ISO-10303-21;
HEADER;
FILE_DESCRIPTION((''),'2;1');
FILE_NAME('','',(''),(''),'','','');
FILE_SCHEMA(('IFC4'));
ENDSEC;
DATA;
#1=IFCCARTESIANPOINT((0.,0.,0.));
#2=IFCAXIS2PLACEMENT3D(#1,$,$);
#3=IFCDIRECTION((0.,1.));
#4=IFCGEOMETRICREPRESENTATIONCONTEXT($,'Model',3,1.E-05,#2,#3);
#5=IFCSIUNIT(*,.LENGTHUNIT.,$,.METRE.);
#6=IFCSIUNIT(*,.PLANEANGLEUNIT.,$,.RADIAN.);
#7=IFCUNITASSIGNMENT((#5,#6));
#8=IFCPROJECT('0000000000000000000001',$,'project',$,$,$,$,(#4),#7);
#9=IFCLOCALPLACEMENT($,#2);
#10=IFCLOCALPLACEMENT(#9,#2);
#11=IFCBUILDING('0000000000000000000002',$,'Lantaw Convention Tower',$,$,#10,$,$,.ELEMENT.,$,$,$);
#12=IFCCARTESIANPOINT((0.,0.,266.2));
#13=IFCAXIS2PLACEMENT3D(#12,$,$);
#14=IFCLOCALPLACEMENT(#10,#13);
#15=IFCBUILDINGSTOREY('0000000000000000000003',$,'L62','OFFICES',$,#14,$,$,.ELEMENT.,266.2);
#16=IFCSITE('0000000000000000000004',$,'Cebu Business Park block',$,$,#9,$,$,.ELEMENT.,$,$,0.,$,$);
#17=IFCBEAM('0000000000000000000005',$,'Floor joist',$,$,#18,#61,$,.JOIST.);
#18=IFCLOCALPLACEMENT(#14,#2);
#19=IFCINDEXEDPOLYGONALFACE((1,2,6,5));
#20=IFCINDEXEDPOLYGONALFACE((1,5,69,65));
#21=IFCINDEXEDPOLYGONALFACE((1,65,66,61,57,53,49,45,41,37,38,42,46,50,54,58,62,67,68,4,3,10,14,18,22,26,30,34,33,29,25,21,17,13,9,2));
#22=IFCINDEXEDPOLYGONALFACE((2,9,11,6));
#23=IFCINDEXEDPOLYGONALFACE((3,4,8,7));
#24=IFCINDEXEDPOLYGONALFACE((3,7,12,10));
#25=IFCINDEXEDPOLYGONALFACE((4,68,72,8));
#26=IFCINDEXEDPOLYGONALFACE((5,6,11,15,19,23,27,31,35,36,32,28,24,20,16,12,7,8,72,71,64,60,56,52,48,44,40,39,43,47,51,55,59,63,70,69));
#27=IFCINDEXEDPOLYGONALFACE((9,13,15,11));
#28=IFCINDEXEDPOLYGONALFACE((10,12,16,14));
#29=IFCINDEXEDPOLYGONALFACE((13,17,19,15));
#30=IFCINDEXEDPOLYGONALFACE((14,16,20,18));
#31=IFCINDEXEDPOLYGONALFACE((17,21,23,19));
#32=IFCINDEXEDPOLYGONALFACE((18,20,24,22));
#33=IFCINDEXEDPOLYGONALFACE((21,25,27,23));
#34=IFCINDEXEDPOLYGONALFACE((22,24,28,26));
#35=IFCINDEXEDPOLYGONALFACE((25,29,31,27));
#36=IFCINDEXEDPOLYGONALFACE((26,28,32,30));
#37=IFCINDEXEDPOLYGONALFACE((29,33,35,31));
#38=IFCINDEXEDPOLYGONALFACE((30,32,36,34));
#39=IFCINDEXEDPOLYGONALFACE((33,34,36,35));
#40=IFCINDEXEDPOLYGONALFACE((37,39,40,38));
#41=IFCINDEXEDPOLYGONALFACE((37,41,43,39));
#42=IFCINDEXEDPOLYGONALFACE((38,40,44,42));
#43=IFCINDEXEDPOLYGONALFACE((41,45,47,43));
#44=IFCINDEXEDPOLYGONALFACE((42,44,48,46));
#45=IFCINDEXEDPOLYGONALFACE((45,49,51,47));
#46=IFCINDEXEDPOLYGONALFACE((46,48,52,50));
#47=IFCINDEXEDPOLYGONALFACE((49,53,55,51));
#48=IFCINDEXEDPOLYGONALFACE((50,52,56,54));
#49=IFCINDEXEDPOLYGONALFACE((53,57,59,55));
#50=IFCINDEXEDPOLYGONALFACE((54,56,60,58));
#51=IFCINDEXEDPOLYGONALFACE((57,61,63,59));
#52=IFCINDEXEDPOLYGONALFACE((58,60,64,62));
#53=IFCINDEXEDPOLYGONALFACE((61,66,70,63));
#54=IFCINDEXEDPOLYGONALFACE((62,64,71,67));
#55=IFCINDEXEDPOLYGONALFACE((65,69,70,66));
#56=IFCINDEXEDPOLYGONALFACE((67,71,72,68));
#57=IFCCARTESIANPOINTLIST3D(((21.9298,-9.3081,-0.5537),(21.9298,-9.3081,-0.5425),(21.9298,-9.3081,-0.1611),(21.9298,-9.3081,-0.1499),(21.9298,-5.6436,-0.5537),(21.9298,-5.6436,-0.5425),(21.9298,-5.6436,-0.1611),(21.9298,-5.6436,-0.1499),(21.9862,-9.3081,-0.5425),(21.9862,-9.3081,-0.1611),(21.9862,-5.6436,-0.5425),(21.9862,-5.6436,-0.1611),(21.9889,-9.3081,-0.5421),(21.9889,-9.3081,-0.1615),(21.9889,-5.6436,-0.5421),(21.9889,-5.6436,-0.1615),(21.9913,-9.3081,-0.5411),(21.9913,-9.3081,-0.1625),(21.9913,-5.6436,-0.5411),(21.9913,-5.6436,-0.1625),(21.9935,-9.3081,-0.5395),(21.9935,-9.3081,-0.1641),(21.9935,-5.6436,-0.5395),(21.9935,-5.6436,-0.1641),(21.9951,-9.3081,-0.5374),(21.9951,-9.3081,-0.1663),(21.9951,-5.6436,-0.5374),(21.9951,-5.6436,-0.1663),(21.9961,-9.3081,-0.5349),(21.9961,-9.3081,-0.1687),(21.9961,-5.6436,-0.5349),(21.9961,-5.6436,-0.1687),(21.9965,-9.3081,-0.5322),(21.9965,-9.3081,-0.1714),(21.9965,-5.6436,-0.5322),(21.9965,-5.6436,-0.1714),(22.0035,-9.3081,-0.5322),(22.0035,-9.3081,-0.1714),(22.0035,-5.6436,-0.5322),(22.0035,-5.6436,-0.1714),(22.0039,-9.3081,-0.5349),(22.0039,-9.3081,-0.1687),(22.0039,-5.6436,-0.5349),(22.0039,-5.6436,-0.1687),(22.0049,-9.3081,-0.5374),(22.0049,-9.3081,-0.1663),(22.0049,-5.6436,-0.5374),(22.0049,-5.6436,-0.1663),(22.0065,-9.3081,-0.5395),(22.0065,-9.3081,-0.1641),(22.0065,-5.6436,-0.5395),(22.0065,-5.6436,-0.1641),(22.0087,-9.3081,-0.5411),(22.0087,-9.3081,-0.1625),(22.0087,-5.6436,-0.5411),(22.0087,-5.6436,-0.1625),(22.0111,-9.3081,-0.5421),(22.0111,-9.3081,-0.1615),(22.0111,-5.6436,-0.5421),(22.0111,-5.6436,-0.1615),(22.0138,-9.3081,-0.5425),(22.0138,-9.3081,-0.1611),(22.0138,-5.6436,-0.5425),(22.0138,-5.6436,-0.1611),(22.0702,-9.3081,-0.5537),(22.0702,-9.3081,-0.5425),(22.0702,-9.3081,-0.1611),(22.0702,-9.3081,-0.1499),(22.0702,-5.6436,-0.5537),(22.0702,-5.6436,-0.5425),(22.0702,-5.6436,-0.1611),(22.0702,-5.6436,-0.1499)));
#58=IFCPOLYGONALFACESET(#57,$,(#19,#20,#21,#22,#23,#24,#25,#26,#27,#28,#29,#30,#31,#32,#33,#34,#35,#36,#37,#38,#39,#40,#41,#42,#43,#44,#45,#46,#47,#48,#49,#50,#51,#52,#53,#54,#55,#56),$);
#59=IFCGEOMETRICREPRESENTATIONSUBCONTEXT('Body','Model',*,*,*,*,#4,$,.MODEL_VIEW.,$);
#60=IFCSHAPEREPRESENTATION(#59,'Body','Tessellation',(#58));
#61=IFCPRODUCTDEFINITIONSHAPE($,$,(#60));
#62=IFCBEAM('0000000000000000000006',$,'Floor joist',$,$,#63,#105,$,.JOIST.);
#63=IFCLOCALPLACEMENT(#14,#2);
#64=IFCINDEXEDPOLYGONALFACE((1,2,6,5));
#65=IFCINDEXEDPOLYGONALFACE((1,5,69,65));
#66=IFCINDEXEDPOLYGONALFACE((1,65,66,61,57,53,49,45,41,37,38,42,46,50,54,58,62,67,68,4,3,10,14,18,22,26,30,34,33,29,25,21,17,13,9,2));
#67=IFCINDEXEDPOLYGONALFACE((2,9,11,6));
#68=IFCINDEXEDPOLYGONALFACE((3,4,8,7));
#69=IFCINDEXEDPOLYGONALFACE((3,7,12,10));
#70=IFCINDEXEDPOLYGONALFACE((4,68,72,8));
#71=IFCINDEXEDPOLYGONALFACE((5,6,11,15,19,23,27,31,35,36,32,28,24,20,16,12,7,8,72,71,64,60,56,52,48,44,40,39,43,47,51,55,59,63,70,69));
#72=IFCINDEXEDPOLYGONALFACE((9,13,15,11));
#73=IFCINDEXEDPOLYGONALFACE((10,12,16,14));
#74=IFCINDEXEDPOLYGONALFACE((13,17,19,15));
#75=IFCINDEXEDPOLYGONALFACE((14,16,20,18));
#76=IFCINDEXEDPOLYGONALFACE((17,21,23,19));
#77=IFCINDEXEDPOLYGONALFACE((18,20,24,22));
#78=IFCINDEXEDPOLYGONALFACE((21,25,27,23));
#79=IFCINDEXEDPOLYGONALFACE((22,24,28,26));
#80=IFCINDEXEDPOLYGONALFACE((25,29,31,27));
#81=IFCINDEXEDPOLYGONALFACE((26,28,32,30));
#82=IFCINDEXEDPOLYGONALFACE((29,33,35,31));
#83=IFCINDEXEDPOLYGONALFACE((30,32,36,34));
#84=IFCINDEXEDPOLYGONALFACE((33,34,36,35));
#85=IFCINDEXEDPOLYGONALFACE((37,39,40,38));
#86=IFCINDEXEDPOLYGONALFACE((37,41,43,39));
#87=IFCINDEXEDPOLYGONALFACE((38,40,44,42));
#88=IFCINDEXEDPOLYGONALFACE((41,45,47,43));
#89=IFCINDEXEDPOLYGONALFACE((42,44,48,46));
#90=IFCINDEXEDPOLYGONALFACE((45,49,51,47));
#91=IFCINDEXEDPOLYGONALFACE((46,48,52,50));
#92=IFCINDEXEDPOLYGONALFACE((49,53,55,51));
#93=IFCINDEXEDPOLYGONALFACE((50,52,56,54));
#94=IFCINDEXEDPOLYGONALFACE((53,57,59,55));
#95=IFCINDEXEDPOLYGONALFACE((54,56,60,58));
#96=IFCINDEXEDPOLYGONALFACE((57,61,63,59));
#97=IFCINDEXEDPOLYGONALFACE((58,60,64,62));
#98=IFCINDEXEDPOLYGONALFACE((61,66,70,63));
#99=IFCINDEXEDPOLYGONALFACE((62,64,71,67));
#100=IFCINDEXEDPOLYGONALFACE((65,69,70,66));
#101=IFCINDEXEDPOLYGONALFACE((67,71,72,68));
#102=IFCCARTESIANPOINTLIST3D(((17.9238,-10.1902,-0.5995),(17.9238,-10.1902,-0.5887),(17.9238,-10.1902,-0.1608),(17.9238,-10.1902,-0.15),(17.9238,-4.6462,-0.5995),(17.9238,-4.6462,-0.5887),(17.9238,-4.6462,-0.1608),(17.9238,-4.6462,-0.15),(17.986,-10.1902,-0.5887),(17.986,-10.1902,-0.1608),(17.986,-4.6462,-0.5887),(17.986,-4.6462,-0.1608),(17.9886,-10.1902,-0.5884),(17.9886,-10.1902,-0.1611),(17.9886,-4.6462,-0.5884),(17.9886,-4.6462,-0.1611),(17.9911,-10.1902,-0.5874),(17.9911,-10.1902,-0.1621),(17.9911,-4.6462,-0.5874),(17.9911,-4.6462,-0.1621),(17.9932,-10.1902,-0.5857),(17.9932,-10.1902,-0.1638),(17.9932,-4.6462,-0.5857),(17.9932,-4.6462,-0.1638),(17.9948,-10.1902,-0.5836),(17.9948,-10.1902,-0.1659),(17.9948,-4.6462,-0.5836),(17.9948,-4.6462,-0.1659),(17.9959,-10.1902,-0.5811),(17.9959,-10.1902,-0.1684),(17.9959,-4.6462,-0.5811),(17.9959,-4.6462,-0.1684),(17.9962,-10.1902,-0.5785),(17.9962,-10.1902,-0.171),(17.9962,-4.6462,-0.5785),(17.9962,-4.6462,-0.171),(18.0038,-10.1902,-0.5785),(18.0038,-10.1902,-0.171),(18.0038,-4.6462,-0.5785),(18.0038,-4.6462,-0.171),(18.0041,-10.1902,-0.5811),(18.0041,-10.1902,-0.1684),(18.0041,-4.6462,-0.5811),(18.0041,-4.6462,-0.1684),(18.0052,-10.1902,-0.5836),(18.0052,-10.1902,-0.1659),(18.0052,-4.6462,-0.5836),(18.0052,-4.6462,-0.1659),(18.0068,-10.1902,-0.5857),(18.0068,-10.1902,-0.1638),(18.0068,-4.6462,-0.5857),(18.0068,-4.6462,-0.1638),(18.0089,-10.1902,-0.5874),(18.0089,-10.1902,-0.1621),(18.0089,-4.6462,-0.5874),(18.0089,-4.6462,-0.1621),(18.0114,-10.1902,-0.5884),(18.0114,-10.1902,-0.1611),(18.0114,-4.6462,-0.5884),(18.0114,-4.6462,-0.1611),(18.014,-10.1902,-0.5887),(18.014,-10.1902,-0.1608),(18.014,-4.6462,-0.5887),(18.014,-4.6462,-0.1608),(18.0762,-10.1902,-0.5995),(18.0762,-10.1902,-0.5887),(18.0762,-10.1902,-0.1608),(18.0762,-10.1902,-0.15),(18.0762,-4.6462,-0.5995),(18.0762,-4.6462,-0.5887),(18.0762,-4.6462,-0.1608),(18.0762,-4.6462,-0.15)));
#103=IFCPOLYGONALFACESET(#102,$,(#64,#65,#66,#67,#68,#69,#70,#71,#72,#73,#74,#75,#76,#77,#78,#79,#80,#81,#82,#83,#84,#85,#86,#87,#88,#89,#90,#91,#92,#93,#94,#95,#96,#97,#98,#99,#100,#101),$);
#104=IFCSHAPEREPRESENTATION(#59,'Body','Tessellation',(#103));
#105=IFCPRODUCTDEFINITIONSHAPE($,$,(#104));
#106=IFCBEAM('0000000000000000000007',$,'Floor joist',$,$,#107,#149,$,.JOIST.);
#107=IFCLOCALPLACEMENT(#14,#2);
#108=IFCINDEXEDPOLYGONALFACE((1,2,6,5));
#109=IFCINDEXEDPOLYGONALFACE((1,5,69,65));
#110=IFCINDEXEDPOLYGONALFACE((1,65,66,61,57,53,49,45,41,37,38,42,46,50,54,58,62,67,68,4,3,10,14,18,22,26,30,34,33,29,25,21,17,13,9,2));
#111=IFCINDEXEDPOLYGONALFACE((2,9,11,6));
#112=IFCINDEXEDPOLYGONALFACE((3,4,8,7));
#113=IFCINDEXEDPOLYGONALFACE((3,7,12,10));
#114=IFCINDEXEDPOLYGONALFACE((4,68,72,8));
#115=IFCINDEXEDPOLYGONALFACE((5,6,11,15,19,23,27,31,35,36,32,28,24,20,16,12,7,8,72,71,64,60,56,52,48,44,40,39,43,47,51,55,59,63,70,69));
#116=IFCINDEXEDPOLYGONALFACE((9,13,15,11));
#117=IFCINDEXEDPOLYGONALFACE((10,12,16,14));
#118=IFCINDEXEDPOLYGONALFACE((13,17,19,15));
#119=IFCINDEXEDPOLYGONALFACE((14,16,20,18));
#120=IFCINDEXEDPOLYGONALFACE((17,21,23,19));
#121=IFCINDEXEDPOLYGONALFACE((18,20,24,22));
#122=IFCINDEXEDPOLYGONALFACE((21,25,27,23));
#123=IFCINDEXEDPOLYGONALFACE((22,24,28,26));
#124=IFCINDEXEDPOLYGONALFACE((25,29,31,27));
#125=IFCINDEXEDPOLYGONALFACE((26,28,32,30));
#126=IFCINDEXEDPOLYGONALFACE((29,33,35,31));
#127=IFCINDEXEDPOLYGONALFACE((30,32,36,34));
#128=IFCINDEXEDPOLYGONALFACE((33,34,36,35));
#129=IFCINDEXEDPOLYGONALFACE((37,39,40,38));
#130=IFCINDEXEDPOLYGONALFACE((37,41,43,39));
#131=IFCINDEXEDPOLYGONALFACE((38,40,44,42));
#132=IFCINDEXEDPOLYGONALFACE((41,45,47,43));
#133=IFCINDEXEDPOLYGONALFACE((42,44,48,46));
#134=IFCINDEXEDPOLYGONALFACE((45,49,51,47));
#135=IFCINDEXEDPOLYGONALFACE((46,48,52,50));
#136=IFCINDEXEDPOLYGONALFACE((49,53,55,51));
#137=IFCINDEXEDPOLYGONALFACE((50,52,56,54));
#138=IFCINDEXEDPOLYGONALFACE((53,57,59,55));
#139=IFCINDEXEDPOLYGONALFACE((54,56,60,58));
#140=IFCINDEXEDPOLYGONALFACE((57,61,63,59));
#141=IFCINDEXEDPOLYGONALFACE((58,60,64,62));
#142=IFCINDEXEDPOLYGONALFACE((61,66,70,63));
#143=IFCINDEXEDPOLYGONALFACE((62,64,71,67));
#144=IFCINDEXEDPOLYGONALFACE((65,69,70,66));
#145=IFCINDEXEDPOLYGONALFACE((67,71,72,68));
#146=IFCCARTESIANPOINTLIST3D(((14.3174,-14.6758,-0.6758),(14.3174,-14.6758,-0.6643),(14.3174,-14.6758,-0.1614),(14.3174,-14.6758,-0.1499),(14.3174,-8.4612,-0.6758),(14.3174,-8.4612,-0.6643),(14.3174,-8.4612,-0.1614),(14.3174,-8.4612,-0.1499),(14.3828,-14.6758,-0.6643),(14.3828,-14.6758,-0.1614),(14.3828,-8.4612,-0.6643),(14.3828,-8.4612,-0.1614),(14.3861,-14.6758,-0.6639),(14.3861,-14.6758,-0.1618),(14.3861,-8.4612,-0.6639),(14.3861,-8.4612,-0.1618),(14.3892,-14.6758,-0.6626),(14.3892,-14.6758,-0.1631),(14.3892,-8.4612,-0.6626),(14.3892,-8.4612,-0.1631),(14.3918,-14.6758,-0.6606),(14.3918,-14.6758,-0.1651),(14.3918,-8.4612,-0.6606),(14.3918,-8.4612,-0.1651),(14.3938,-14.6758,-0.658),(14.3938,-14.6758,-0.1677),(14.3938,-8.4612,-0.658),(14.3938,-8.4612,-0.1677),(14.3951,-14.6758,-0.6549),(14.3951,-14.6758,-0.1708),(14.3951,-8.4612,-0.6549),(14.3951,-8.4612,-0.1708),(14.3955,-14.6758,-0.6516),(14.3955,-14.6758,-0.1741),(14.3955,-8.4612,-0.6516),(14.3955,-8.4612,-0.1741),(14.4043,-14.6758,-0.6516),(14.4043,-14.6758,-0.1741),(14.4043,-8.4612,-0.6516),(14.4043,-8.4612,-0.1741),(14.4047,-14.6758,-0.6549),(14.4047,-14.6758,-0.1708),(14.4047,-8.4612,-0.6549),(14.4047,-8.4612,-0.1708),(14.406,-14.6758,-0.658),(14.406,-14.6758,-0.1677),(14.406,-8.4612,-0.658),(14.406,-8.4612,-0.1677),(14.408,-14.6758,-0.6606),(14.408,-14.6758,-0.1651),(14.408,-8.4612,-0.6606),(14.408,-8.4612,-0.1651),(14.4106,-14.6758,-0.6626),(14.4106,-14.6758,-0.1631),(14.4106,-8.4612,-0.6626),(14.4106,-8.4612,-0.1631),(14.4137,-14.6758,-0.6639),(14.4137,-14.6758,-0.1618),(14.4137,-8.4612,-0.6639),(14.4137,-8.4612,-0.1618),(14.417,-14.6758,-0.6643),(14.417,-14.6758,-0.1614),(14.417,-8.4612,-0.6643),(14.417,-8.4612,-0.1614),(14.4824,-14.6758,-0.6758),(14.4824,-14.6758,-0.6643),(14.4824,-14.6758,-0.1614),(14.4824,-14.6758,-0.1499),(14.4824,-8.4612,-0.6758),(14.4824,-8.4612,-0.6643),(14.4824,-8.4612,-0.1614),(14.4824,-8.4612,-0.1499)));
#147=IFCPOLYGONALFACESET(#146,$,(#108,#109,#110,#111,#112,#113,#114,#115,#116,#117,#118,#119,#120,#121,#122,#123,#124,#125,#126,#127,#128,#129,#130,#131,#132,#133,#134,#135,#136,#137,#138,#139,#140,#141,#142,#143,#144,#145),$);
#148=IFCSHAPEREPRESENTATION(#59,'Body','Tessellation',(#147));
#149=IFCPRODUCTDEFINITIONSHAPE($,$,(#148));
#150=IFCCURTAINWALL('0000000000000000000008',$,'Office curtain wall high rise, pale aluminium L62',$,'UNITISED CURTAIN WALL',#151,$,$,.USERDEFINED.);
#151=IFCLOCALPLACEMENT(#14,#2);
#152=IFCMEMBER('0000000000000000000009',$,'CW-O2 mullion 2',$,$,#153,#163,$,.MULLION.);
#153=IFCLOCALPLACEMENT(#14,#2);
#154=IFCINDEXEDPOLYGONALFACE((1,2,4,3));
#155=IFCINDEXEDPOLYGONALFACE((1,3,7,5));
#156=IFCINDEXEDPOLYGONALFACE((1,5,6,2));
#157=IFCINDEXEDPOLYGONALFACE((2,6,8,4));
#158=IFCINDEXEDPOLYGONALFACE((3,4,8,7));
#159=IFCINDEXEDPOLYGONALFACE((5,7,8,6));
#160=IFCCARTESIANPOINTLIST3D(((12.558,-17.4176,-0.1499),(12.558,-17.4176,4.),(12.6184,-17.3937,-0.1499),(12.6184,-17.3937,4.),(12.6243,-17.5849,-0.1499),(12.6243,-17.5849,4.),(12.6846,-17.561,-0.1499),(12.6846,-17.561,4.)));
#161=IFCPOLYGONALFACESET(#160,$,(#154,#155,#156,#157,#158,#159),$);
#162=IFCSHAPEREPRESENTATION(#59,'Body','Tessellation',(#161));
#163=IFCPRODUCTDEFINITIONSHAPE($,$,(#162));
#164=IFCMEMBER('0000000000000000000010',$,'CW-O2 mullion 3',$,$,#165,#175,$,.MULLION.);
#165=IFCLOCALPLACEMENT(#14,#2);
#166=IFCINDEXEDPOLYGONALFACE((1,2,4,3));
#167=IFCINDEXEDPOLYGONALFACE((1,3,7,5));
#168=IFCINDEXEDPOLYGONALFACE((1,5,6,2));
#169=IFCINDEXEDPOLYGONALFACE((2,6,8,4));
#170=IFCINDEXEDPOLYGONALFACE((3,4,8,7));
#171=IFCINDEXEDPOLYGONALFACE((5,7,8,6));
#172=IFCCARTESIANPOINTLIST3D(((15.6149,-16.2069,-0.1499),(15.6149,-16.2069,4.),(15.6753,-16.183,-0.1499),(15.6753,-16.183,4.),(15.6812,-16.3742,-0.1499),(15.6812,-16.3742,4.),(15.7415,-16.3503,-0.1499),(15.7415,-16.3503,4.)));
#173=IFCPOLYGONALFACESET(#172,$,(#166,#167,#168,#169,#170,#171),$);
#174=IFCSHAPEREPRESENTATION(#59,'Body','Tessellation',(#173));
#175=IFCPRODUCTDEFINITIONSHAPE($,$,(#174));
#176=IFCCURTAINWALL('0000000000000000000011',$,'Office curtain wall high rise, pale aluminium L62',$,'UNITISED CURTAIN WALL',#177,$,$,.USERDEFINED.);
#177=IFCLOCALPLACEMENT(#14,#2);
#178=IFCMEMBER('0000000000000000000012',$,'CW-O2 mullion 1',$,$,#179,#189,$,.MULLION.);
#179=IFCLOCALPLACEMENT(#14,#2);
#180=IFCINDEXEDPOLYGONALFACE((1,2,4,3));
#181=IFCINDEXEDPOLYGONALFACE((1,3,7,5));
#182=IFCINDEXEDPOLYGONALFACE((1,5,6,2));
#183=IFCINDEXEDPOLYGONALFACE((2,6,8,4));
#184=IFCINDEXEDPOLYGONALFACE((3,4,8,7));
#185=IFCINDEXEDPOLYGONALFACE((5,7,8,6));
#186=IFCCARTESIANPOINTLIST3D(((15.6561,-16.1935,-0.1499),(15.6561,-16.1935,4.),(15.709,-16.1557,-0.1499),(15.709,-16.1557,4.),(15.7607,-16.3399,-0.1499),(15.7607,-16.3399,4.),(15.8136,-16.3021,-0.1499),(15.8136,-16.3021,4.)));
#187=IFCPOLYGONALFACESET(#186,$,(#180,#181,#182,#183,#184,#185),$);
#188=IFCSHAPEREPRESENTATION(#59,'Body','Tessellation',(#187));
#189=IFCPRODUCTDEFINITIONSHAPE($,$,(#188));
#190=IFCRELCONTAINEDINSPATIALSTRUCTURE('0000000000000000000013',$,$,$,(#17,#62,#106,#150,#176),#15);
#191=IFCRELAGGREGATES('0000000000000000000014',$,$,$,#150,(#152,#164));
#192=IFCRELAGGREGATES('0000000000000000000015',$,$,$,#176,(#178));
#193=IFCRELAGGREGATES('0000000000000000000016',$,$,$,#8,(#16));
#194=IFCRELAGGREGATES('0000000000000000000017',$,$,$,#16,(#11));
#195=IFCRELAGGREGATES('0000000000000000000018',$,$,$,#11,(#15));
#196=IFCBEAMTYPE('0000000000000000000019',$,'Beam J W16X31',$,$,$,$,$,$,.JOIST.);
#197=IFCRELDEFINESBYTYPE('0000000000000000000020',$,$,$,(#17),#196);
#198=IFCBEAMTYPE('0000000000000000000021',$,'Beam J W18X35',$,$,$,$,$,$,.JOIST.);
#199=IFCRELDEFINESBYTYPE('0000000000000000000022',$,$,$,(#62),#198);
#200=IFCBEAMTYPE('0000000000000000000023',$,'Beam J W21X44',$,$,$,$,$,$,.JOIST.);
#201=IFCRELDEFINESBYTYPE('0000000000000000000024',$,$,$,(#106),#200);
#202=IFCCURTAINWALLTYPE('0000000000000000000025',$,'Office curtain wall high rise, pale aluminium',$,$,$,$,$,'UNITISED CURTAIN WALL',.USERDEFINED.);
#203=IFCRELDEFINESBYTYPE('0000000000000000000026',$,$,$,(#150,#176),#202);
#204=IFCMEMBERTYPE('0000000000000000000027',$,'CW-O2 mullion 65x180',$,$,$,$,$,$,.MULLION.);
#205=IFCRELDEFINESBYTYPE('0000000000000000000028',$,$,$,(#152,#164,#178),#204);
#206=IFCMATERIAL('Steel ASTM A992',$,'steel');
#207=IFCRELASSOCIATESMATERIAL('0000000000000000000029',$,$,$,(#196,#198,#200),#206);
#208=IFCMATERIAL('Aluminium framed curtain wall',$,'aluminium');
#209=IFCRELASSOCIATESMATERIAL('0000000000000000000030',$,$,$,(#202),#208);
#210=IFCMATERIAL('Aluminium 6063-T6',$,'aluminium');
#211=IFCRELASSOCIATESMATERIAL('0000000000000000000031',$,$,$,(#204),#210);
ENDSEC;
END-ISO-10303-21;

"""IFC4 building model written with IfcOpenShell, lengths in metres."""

from ifc_helpers import new_model, si_unit, direction, frame, origin, origin_2d, place, context, subcontext, project, spatial, rectangle, i_section, extrude, material, material_profile, profile_set, type_object, element, aggregate, save


model = new_model("IFC4")

# Units and contexts
model_context = context("Model", 3, precision=1e-05, world=origin(), true_north=direction((0.0, 1.0)))
body_context = subcontext(model_context, "Body", "Model", "MODEL_VIEW")
ifc_project = project(units=[si_unit("LENGTHUNIT", "METRE"), si_unit("PLANEANGLEUNIT", "RADIAN")], contexts=[model_context])

# Site, building, storey
site_placement = place(None, origin())
site = spatial("IfcSite", under=ifc_project, at=site_placement, Name="Cebu Business Park block", CompositionType="ELEMENT", RefElevation=0.0)
building_placement = place(site_placement, origin())
building = spatial("IfcBuilding", under=site, at=building_placement, Name="Lantaw Convention Tower", CompositionType="ELEMENT")
storey_placement = place(building_placement, frame((0.0, 0.0, 266.2)))
storey = spatial("IfcBuildingStorey", under=building, at=storey_placement, Name="L62", Description="OFFICES", CompositionType="ELEMENT", Elevation=266.2)

# Beams
ifc_material_1 = material(Name="Steel ASTM A992", Category="steel")
ifc_material_profile_1 = material_profile(ifc_material_1, i_section(OverallWidth=0.1404, OverallDepth=0.4038, WebThickness=0.0071, FlangeThickness=0.0112, FilletRadius=0.0103, at=origin_2d()), Name="W16X31")
ifc_profile_set_1 = profile_set([ifc_material_profile_1], Name="Steel ASTM A992")
beam_type_1 = type_object("IfcBeamType", Name="Beam J W16X31", PredefinedType="JOIST", material=ifc_profile_set_1)
beam_1_placement = place(storey_placement, frame((22.0, -9.3081, -0.3518), z_axis=(0.0, 1.0, 0.0), x_axis=(-1.0, 0.0, 0.0)))
element("IfcBeam", 1, at=beam_1_placement, inside=storey, type_object=beam_type_1, Name="Floor joist", PredefinedType="JOIST", context=body_context, shape_type="SweptSolid", body=[
    extrude(i_section(OverallWidth=0.1404, OverallDepth=0.4038, WebThickness=0.0071, FlangeThickness=0.0112, FilletRadius=0.0103, at=origin_2d()), origin(), (0.0, 0.0, 1.0), 3.6646),
])
ifc_material_profile_2 = material_profile(ifc_material_1, i_section(OverallWidth=0.1523, OverallDepth=0.4495, WebThickness=0.0076, FlangeThickness=0.0107, FilletRadius=0.0103, at=origin_2d()), Name="W18X35")
ifc_profile_set_2 = profile_set([ifc_material_profile_2], Name="Steel ASTM A992")
beam_type_2 = type_object("IfcBeamType", Name="Beam J W18X35", PredefinedType="JOIST", material=ifc_profile_set_2)
beam_2_placement = place(storey_placement, frame((18.0, -10.1902, -0.3748), z_axis=(0.0, 1.0, 0.0), x_axis=(-1.0, 0.0, 0.0)))
element("IfcBeam", 2, at=beam_2_placement, inside=storey, type_object=beam_type_2, Name="Floor joist", PredefinedType="JOIST", context=body_context, shape_type="SweptSolid", body=[
    extrude(i_section(OverallWidth=0.1523, OverallDepth=0.4495, WebThickness=0.0076, FlangeThickness=0.0107, FilletRadius=0.0103, at=origin_2d()), origin(), (0.0, 0.0, 1.0), 5.5439),
])
ifc_material_profile_3 = material_profile(ifc_material_1, i_section(OverallWidth=0.165, OverallDepth=0.5259, WebThickness=0.0088, FlangeThickness=0.0115, FilletRadius=0.0127, at=origin_2d()), Name="W21X44")
ifc_profile_set_3 = profile_set([ifc_material_profile_3], Name="Steel ASTM A992")
beam_type_3 = type_object("IfcBeamType", Name="Beam J W21X44", PredefinedType="JOIST", material=ifc_profile_set_3)
beam_3_placement = place(storey_placement, frame((14.3999, -14.6758, -0.4128), z_axis=(0.0, 1.0, 0.0), x_axis=(-1.0, 0.0, 0.0)))
element("IfcBeam", 3, at=beam_3_placement, inside=storey, type_object=beam_type_3, Name="Floor joist", PredefinedType="JOIST", context=body_context, shape_type="SweptSolid", body=[
    extrude(i_section(OverallWidth=0.165, OverallDepth=0.5259, WebThickness=0.0088, FlangeThickness=0.0115, FilletRadius=0.0127, at=origin_2d()), origin(), (0.0, 0.0, 1.0), 6.2146),
])

# Curtain walls, members
ifc_material_2 = material(Name="Aluminium framed curtain wall", Category="aluminium")
curtain_wall_type = type_object("IfcCurtainWallType", Name="Office curtain wall high rise, pale aluminium", ElementType="UNITISED CURTAIN WALL", PredefinedType="USERDEFINED", material=ifc_material_2)
curtain_wall_1_placement = place(storey_placement, origin())
curtain_wall_1 = element("IfcCurtainWall", 4, at=curtain_wall_1_placement, inside=storey, type_object=curtain_wall_type, Name="Office curtain wall high rise, pale aluminium L62", ObjectType="UNITISED CURTAIN WALL", PredefinedType="USERDEFINED")
ifc_material_3 = material(Name="Aluminium 6063-T6", Category="aluminium")
ifc_material_profile_4 = material_profile(ifc_material_3, rectangle(XDim=0.1799, YDim=0.0649, at=origin_2d()), Name="CW-O2 mullion 65x180")
ifc_profile_set_4 = profile_set([ifc_material_profile_4], Name="Aluminium 6063-T6")
member_type_1 = type_object("IfcMemberType", Name="CW-O2 mullion 65x180", PredefinedType="MULLION", material=ifc_profile_set_4)
member_1_placement = place(storey_placement, frame((12.6213, -17.4893, -0.1499), z_axis=(0.0, 0.0, 1.0), x_axis=(-0.368162, 0.929762, 0.0)))
member_1 = element("IfcMember", 5, at=member_1_placement, type_object=member_type_1, Name="CW-O2 mullion 2", PredefinedType="MULLION", context=body_context, shape_type="SweptSolid", body=[
    extrude(rectangle(XDim=0.1799, YDim=0.0649, at=origin_2d()), origin(), (0.0, 0.0, 1.0), 4.1499),
])
member_2_placement = place(storey_placement, frame((15.6782, -16.2786, -0.1499), z_axis=(0.0, 0.0, 1.0), x_axis=(-0.368162, 0.929762, 0.0)))
member_2 = element("IfcMember", 6, at=member_2_placement, type_object=member_type_1, Name="CW-O2 mullion 3", PredefinedType="MULLION", context=body_context, shape_type="SweptSolid", body=[
    extrude(rectangle(XDim=0.1799, YDim=0.0649, at=origin_2d()), origin(), (0.0, 0.0, 1.0), 4.1499),
])
curtain_wall_2_placement = place(storey_placement, origin())
curtain_wall_2 = element("IfcCurtainWall", 7, at=curtain_wall_2_placement, inside=storey, type_object=curtain_wall_type, Name="Office curtain wall high rise, pale aluminium L62", ObjectType="UNITISED CURTAIN WALL", PredefinedType="USERDEFINED")
member_3_placement = place(storey_placement, frame((15.7349, -16.2478, -0.1499), z_axis=(0.0, 0.0, 1.0), x_axis=(-0.581323, 0.813673, 0.0)))
member_3 = element("IfcMember", 8, at=member_3_placement, type_object=member_type_1, Name="CW-O2 mullion 1", PredefinedType="MULLION", context=body_context, shape_type="SweptSolid", body=[
    extrude(rectangle(XDim=0.1799, YDim=0.0649, at=origin_2d()), origin(), (0.0, 0.0, 1.0), 4.1499),
])

aggregate(curtain_wall_1, [member_1, member_2])
aggregate(curtain_wall_2, [member_3])

save(model, "model.ifc")
